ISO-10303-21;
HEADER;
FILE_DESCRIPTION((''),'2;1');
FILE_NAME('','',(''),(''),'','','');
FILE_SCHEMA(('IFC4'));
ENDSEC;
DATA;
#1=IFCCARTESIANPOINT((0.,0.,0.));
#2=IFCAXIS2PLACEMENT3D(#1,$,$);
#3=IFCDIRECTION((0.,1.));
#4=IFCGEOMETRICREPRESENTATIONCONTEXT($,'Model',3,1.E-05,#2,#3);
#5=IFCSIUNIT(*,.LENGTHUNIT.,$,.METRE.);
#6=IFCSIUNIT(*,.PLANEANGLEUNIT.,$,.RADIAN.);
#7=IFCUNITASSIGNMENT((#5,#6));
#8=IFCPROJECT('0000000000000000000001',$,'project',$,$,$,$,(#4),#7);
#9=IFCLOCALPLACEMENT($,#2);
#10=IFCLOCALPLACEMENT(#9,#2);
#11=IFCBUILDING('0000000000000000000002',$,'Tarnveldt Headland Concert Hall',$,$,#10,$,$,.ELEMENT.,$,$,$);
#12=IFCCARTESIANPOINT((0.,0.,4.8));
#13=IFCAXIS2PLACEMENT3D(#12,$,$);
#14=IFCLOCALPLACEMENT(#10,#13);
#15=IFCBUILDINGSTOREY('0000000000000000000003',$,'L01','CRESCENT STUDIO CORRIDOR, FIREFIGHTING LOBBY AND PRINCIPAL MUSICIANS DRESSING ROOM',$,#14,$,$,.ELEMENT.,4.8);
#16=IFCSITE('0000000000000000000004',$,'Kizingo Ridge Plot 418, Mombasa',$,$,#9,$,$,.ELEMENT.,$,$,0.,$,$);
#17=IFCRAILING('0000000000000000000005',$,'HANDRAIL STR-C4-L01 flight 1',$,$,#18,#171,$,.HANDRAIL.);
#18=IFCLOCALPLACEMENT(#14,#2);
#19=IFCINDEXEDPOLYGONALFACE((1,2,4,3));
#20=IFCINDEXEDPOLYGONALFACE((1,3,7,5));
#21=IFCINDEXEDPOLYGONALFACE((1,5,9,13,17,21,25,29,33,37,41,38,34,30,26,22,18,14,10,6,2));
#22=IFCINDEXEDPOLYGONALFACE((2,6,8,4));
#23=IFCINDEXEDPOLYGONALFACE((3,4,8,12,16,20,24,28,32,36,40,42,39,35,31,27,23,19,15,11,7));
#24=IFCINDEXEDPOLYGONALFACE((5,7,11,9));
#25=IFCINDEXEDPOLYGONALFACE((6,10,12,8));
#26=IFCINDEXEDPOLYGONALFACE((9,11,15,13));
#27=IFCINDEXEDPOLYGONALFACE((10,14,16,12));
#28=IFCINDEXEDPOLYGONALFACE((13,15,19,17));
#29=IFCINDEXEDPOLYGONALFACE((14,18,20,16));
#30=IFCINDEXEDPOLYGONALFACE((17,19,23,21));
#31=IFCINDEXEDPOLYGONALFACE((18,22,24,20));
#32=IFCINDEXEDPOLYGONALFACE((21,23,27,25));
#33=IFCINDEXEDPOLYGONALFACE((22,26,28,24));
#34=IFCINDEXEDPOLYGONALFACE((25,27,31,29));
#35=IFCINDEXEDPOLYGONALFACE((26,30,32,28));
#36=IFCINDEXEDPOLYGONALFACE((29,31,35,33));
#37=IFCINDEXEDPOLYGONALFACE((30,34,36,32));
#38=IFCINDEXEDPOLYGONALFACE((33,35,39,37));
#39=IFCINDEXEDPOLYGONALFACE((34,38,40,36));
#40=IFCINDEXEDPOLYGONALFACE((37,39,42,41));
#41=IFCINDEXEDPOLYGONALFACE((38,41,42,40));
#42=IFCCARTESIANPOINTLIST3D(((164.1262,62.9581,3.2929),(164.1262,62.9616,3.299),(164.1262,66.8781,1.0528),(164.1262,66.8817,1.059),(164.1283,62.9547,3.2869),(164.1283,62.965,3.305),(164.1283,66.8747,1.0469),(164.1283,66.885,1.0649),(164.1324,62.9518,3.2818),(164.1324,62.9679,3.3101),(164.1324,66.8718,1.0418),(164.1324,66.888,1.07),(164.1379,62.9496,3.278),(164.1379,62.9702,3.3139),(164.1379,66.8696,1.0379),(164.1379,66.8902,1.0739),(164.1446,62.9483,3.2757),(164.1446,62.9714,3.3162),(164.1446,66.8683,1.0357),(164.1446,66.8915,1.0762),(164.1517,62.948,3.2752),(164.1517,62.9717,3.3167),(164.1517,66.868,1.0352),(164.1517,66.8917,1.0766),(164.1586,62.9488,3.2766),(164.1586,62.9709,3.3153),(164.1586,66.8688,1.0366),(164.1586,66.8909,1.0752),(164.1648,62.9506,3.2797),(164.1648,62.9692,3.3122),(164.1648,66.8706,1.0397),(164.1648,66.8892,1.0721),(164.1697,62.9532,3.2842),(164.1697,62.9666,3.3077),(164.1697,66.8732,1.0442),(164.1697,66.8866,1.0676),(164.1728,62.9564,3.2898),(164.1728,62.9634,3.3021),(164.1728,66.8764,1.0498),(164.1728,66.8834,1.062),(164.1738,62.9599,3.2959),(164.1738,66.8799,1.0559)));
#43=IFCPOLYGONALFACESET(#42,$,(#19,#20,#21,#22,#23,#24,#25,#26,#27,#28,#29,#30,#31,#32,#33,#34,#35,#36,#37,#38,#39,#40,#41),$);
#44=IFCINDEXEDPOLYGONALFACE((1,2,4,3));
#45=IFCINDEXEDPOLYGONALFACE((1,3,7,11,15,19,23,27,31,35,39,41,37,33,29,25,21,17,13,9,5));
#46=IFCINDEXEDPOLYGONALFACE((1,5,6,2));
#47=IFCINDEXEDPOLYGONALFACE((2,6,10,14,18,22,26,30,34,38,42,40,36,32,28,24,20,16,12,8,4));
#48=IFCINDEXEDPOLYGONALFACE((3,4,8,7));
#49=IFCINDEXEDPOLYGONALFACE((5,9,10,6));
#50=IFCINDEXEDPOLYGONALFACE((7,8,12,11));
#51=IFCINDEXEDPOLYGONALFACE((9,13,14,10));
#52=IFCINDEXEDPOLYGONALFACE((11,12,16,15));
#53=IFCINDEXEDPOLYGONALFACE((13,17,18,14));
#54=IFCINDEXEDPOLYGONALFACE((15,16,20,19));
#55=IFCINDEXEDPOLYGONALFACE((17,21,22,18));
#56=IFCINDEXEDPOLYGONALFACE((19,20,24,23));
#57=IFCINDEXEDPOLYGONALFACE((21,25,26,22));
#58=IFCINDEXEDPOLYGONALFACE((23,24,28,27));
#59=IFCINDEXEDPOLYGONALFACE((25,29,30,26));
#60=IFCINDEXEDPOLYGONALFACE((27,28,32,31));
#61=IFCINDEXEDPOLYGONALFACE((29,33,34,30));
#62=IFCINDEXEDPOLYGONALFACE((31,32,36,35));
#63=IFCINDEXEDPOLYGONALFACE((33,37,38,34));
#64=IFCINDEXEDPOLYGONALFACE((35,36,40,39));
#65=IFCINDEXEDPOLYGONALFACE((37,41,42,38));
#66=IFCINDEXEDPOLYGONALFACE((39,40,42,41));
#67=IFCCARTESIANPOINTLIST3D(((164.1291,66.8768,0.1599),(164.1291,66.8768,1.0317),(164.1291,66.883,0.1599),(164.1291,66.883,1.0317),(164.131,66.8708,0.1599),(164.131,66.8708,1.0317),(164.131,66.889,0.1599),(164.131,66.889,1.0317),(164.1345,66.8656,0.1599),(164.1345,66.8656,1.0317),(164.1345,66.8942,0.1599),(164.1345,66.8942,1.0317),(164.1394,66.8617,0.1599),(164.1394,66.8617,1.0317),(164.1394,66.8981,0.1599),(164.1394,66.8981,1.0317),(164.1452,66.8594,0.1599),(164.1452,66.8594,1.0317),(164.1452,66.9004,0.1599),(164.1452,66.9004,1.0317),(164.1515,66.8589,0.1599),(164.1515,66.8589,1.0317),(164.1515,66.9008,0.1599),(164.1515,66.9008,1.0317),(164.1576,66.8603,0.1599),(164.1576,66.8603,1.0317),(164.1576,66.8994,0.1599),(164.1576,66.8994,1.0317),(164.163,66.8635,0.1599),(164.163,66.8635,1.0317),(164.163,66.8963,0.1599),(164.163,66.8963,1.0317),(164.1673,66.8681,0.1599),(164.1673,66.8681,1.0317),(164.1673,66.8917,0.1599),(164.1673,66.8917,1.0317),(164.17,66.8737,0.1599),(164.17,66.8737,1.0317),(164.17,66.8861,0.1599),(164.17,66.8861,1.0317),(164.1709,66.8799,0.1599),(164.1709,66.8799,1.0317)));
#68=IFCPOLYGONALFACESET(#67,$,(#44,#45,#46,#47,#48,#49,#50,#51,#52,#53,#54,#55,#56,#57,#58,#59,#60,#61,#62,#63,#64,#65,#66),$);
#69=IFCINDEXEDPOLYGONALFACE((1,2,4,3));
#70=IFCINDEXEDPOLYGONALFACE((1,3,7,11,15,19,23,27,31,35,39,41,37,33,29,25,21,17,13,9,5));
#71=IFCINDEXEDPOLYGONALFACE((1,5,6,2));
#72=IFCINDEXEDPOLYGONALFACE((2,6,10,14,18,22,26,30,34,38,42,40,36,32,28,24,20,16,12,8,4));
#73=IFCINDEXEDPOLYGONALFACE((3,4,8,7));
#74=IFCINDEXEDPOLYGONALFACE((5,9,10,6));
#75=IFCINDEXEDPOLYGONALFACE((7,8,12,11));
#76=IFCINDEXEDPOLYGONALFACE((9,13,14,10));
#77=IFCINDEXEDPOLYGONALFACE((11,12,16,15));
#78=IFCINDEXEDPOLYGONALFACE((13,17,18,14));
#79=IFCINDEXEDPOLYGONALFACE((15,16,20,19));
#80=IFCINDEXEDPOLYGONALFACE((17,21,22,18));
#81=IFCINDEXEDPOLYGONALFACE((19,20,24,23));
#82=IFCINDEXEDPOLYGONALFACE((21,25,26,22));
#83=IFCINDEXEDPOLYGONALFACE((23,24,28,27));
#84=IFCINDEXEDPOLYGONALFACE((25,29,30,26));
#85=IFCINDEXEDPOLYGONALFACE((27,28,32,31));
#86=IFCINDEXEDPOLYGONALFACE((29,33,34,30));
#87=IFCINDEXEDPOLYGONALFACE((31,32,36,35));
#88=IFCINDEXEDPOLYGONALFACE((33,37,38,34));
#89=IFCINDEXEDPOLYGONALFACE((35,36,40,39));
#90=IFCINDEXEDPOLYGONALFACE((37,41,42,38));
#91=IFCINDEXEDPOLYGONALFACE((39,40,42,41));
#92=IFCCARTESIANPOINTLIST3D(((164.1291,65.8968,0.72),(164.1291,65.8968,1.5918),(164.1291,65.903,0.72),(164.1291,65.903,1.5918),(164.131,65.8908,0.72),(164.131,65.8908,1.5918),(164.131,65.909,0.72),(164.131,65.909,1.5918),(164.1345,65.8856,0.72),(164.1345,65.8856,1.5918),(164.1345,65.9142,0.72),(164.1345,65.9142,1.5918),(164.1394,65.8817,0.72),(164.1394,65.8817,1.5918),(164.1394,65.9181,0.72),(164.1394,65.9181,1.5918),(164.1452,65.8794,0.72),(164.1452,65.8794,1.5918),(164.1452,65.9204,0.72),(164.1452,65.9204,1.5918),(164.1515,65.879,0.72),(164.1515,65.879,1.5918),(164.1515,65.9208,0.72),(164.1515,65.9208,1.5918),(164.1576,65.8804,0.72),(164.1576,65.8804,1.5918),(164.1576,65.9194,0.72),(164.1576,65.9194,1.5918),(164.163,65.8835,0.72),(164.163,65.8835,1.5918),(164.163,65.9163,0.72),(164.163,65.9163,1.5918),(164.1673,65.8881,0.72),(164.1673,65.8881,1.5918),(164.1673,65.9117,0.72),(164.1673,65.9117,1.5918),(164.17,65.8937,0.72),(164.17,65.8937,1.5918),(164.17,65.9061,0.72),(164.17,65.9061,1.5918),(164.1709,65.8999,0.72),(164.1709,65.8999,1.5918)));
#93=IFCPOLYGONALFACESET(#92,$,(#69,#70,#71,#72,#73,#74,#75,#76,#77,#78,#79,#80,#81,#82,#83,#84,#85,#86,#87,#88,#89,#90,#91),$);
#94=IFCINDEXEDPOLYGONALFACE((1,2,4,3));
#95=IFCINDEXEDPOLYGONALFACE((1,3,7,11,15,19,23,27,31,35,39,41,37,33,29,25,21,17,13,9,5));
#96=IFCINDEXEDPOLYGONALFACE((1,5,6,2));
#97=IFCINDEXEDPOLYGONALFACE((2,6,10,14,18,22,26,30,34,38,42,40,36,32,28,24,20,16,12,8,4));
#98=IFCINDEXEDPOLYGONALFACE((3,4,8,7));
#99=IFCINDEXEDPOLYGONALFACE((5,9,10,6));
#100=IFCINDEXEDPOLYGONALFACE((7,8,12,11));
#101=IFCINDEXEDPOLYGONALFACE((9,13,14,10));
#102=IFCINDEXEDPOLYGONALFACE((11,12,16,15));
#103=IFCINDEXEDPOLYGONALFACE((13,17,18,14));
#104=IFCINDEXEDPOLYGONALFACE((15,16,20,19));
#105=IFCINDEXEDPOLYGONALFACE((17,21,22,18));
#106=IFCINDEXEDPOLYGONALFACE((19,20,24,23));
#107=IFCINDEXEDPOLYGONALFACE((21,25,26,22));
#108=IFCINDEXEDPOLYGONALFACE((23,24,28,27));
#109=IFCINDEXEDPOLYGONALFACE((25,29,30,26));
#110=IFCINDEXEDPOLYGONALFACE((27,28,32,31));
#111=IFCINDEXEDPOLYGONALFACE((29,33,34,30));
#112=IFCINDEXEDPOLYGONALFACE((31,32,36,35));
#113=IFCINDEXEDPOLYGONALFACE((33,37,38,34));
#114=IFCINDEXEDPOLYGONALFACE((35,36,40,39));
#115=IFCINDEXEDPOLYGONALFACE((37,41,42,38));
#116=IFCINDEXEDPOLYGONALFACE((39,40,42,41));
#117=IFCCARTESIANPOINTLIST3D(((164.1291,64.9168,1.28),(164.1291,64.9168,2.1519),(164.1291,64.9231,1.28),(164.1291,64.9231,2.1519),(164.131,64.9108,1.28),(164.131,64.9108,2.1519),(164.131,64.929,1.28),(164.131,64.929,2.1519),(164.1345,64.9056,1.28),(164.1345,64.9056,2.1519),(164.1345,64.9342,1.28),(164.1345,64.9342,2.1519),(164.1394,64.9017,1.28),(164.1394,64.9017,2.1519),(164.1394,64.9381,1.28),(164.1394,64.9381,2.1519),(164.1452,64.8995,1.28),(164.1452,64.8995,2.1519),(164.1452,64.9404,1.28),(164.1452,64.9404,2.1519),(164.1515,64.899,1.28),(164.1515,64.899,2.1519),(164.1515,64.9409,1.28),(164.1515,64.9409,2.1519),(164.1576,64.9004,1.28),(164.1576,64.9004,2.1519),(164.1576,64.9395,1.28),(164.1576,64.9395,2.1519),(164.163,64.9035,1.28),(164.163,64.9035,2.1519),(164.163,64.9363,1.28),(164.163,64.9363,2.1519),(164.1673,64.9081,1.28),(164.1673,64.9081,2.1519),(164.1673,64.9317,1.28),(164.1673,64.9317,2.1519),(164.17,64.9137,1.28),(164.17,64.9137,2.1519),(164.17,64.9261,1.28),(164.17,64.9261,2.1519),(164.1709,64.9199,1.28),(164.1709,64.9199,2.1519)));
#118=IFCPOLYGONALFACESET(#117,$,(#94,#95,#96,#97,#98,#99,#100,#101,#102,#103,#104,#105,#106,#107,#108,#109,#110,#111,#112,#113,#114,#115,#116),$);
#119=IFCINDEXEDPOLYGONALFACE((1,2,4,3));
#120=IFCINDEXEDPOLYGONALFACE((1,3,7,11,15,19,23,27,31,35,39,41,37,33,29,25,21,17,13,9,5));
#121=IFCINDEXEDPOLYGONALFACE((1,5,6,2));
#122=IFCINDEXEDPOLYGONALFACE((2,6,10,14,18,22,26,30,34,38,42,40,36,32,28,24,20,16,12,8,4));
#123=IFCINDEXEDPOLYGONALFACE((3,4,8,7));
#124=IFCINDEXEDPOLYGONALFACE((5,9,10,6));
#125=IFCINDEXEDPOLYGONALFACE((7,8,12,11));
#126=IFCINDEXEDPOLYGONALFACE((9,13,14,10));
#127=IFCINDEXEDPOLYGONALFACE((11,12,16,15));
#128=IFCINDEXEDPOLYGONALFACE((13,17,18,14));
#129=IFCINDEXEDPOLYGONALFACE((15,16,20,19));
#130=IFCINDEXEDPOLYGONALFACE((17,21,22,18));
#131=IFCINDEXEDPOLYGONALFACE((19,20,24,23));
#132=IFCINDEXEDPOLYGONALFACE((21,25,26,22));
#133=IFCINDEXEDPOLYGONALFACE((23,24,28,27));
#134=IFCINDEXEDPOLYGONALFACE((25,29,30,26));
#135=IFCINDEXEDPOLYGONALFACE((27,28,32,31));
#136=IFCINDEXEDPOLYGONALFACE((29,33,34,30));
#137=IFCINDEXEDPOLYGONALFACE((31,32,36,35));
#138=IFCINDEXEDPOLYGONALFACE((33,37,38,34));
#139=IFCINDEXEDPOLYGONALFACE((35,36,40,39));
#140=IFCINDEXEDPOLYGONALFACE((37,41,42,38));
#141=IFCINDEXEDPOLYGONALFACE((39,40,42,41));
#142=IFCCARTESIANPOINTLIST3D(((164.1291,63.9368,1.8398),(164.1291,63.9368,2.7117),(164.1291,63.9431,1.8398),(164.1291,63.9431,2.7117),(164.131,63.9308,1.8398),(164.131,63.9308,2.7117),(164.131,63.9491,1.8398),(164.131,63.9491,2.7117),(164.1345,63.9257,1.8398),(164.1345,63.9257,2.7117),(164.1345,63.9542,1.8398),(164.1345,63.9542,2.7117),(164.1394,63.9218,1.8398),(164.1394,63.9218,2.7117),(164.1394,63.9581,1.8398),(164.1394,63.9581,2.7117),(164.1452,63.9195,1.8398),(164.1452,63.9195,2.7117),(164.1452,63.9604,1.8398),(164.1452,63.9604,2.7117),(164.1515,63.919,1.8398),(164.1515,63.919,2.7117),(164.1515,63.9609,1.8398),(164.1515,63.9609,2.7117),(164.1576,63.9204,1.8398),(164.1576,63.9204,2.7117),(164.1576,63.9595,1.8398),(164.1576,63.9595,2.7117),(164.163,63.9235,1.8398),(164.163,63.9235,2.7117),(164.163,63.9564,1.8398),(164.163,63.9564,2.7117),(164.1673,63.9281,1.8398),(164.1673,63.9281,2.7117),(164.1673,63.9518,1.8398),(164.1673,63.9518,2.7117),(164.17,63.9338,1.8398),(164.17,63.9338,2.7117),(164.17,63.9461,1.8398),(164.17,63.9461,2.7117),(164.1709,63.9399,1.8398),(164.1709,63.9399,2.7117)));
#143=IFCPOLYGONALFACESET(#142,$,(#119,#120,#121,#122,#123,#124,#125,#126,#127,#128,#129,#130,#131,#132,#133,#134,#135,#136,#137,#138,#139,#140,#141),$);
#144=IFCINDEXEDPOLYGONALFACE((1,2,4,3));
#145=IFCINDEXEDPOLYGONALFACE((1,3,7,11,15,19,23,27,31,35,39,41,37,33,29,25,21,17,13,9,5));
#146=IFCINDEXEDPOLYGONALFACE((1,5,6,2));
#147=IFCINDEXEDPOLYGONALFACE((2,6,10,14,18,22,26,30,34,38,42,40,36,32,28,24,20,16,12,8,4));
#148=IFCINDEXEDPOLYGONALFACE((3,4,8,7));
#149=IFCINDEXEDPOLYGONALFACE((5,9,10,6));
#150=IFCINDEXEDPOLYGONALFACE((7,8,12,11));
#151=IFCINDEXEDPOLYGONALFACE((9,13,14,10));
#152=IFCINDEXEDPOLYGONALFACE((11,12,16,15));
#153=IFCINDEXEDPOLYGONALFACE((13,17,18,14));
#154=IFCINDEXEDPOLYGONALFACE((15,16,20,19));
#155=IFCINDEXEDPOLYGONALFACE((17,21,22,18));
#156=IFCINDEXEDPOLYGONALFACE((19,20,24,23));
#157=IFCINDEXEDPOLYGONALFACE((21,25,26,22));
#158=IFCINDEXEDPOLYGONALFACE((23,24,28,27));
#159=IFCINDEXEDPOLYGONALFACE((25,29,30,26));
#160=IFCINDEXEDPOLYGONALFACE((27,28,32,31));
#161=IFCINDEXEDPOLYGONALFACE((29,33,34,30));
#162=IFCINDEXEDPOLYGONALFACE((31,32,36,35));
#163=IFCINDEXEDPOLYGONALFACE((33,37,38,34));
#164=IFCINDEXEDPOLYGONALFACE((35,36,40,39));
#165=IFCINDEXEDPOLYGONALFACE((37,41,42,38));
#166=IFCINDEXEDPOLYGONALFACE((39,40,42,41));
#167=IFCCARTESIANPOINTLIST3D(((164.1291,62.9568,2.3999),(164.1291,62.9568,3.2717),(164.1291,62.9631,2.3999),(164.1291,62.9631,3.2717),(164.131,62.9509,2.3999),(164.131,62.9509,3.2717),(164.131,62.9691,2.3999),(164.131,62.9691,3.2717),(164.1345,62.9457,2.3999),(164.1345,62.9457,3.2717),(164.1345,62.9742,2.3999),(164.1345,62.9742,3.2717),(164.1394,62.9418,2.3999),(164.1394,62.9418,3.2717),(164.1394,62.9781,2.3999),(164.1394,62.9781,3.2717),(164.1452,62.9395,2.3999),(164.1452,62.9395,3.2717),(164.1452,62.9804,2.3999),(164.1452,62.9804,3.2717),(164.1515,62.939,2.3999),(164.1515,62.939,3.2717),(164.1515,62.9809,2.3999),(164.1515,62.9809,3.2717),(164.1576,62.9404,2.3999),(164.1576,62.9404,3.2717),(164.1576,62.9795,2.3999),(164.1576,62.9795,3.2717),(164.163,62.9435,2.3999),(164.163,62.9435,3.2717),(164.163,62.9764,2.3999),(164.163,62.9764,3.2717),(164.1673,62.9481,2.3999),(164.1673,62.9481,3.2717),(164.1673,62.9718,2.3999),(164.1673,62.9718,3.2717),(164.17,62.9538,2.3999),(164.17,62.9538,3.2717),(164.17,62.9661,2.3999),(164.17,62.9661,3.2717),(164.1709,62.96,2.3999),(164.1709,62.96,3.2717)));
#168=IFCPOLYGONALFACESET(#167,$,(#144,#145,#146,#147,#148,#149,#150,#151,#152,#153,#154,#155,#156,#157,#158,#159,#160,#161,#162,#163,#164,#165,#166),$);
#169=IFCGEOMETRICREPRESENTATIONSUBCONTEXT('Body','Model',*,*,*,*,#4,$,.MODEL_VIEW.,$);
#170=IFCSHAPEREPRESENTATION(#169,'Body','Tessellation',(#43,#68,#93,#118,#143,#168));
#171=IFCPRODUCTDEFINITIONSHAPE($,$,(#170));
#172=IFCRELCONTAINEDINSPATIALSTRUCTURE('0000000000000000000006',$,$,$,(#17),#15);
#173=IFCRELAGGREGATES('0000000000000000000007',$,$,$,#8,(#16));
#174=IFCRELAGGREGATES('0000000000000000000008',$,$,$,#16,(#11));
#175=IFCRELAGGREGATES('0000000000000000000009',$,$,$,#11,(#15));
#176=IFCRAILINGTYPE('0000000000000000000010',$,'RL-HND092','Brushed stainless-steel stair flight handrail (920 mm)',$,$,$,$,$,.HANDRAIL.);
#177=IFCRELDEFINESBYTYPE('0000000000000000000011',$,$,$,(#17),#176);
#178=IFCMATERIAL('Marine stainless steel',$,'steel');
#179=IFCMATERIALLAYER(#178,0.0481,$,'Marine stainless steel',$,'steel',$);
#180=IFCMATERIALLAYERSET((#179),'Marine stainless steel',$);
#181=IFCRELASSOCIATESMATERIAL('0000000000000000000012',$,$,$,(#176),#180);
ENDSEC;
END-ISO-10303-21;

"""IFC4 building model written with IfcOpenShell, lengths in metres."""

from ifc_helpers import new_model, si_unit, direction, frame, origin, origin_2d, place, context, subcontext, project, spatial, circle, extrude, material, layer, layer_set, type_object, element, save


model = new_model("IFC4")

# Units and contexts
model_context = context("Model", 3, precision=1e-05, world=origin(), true_north=direction((0.0, 1.0)))
body_context = subcontext(model_context, "Body", "Model", "MODEL_VIEW")
ifc_project = project(units=[si_unit("LENGTHUNIT", "METRE"), si_unit("PLANEANGLEUNIT", "RADIAN")], contexts=[model_context])

# Site, building, storey
site_placement = place(None, origin())
site = spatial("IfcSite", under=ifc_project, at=site_placement, Name="Kizingo Ridge Plot 418, Mombasa", CompositionType="ELEMENT", RefElevation=0.0)
building_placement = place(site_placement, origin())
building = spatial("IfcBuilding", under=site, at=building_placement, Name="Tarnveldt Headland Concert Hall", CompositionType="ELEMENT")
storey_placement = place(building_placement, frame((0.0, 0.0, 4.8)))
storey = spatial("IfcBuildingStorey", under=building, at=storey_placement, Name="L01", Description="CRESCENT STUDIO CORRIDOR, FIREFIGHTING LOBBY AND PRINCIPAL MUSICIANS DRESSING ROOM", CompositionType="ELEMENT", Elevation=4.8)

# Railing
ifc_material_1 = material(Name="Marine stainless steel", Category="steel")
ifc_layer_1 = layer(ifc_material_1, 0.0481, Name="Marine stainless steel", Category="steel")
ifc_layer_set_1 = layer_set([ifc_layer_1], Name="Marine stainless steel")
railing_type_1 = type_object("IfcRailingType", Name="RL-HND092", Description="Brushed stainless-steel stair flight handrail (920 mm)", PredefinedType="HANDRAIL", material=ifc_layer_set_1)
railing_1_placement = place(storey_placement, frame((164.1499, 66.8799, 0.1599)))
element("IfcRailing", 1, at=railing_1_placement, inside=storey, type_object=railing_type_1, Name="HANDRAIL STR-C4-L01 flight 1", PredefinedType="HANDRAIL", context=body_context, shape_type="SweptSolid", body=[
    extrude(circle(Radius=0.0239, at=origin_2d()), frame((0.0, 0.0, 0.896), z_axis=(0.0, -0.86824, 0.496145), x_axis=(1.0, 0.0, 0.0)), (0.0, 0.0, 1.0), 4.5149),
    extrude(circle(Radius=0.021, at=origin_2d()), origin(), (0.0, 0.0, 1.0), 0.8718),
    extrude(circle(Radius=0.021, at=origin_2d()), frame((0.0, -0.98, 0.5601)), (0.0, 0.0, 1.0), 0.8718),
    extrude(circle(Radius=0.021, at=origin_2d()), frame((0.0, -1.96, 1.1201)), (0.0, 0.0, 1.0), 0.8718),
    extrude(circle(Radius=0.021, at=origin_2d()), frame((0.0, -2.9399, 1.6799)), (0.0, 0.0, 1.0), 0.8718),
    extrude(circle(Radius=0.021, at=origin_2d()), frame((0.0, -3.9199, 2.24)), (0.0, 0.0, 1.0), 0.8718),
])

save(model, "model.ifc")
